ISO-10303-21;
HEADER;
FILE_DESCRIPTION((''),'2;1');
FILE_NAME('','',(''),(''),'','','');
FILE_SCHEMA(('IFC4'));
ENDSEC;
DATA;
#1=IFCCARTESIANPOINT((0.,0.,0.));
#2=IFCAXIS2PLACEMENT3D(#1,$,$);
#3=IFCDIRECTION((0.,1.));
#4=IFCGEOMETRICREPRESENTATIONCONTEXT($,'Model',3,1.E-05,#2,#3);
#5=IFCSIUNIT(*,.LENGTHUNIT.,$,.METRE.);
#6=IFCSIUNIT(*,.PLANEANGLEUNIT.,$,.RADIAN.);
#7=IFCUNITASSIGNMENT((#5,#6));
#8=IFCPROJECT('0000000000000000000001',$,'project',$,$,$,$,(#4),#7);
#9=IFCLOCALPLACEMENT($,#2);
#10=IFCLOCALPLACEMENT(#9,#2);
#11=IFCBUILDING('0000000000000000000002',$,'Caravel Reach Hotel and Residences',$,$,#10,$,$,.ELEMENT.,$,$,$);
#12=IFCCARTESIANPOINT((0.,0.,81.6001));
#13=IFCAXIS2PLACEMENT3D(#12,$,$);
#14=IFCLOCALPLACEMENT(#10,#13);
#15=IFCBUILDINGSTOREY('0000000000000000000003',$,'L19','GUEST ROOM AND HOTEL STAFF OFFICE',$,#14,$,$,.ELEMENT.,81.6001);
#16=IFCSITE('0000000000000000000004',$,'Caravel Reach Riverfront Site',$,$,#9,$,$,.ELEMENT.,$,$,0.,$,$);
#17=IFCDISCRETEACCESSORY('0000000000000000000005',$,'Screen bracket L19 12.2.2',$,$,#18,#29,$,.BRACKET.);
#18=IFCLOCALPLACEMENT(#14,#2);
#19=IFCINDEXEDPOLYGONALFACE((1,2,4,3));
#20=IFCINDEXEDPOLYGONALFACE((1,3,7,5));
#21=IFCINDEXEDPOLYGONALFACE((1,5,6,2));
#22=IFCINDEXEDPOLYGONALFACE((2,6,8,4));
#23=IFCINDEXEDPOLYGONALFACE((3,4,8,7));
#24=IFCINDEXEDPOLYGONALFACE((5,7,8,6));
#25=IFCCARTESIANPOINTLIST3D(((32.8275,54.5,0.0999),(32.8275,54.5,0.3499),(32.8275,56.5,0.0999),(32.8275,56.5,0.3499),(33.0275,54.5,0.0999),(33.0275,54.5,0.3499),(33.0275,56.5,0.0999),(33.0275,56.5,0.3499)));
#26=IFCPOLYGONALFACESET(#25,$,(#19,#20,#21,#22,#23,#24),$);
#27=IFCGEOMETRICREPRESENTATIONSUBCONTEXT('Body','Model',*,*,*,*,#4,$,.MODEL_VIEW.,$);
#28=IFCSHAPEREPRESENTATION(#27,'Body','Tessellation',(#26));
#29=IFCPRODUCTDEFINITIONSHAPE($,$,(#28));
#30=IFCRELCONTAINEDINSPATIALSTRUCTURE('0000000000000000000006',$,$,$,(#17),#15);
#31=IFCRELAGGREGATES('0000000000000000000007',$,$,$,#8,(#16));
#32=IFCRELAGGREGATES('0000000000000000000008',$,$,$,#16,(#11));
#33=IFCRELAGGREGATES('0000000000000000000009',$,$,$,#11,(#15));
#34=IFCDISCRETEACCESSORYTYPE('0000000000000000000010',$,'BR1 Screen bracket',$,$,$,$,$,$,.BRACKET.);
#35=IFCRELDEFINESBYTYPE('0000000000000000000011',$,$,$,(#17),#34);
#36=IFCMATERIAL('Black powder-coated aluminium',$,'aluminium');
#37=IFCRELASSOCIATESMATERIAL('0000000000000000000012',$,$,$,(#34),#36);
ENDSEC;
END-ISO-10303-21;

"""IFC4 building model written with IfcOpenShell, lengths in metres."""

from ifc_helpers import new_model, si_unit, direction, frame, origin, origin_2d, place, context, subcontext, project, spatial, rectangle, extrude, material, type_object, element, save


model = new_model("IFC4")

# Units and contexts
model_context = context("Model", 3, precision=1e-05, world=origin(), true_north=direction((0.0, 1.0)))
body_context = subcontext(model_context, "Body", "Model", "MODEL_VIEW")
ifc_project = project(units=[si_unit("LENGTHUNIT", "METRE"), si_unit("PLANEANGLEUNIT", "RADIAN")], contexts=[model_context])

# Site, building, storey
site_placement = place(None, origin())
site = spatial("IfcSite", under=ifc_project, at=site_placement, Name="Caravel Reach Riverfront Site", CompositionType="ELEMENT", RefElevation=0.0)
building_placement = place(site_placement, origin())
building = spatial("IfcBuilding", under=site, at=building_placement, Name="Caravel Reach Hotel and Residences", CompositionType="ELEMENT")
storey_placement = place(building_placement, frame((0.0, 0.0, 81.6001)))
storey = spatial("IfcBuildingStorey", under=building, at=storey_placement, Name="L19", Description="GUEST ROOM AND HOTEL STAFF OFFICE", CompositionType="ELEMENT", Elevation=81.6001)

# Discrete accessory
ifc_material_1 = material(Name="Black powder-coated aluminium", Category="aluminium")
discrete_accessory_type = type_object("IfcDiscreteAccessoryType", Name="BR1 Screen bracket", PredefinedType="BRACKET", material=ifc_material_1)
discrete_accessory_placement = place(storey_placement, frame((32.9275, 55.5, 0.0999), z_axis=(0.0, 0.0, 1.0), x_axis=(0.0, 1.0, 0.0)))
element("IfcDiscreteAccessory", 1, at=discrete_accessory_placement, inside=storey, type_object=discrete_accessory_type, Name="Screen bracket L19 12.2.2", PredefinedType="BRACKET", context=body_context, shape_type="SweptSolid", body=[
    extrude(rectangle(XDim=2.0, YDim=0.2, at=origin_2d()), origin(), (0.0, 0.0, 1.0), 0.25),
])

save(model, "model.ifc")
